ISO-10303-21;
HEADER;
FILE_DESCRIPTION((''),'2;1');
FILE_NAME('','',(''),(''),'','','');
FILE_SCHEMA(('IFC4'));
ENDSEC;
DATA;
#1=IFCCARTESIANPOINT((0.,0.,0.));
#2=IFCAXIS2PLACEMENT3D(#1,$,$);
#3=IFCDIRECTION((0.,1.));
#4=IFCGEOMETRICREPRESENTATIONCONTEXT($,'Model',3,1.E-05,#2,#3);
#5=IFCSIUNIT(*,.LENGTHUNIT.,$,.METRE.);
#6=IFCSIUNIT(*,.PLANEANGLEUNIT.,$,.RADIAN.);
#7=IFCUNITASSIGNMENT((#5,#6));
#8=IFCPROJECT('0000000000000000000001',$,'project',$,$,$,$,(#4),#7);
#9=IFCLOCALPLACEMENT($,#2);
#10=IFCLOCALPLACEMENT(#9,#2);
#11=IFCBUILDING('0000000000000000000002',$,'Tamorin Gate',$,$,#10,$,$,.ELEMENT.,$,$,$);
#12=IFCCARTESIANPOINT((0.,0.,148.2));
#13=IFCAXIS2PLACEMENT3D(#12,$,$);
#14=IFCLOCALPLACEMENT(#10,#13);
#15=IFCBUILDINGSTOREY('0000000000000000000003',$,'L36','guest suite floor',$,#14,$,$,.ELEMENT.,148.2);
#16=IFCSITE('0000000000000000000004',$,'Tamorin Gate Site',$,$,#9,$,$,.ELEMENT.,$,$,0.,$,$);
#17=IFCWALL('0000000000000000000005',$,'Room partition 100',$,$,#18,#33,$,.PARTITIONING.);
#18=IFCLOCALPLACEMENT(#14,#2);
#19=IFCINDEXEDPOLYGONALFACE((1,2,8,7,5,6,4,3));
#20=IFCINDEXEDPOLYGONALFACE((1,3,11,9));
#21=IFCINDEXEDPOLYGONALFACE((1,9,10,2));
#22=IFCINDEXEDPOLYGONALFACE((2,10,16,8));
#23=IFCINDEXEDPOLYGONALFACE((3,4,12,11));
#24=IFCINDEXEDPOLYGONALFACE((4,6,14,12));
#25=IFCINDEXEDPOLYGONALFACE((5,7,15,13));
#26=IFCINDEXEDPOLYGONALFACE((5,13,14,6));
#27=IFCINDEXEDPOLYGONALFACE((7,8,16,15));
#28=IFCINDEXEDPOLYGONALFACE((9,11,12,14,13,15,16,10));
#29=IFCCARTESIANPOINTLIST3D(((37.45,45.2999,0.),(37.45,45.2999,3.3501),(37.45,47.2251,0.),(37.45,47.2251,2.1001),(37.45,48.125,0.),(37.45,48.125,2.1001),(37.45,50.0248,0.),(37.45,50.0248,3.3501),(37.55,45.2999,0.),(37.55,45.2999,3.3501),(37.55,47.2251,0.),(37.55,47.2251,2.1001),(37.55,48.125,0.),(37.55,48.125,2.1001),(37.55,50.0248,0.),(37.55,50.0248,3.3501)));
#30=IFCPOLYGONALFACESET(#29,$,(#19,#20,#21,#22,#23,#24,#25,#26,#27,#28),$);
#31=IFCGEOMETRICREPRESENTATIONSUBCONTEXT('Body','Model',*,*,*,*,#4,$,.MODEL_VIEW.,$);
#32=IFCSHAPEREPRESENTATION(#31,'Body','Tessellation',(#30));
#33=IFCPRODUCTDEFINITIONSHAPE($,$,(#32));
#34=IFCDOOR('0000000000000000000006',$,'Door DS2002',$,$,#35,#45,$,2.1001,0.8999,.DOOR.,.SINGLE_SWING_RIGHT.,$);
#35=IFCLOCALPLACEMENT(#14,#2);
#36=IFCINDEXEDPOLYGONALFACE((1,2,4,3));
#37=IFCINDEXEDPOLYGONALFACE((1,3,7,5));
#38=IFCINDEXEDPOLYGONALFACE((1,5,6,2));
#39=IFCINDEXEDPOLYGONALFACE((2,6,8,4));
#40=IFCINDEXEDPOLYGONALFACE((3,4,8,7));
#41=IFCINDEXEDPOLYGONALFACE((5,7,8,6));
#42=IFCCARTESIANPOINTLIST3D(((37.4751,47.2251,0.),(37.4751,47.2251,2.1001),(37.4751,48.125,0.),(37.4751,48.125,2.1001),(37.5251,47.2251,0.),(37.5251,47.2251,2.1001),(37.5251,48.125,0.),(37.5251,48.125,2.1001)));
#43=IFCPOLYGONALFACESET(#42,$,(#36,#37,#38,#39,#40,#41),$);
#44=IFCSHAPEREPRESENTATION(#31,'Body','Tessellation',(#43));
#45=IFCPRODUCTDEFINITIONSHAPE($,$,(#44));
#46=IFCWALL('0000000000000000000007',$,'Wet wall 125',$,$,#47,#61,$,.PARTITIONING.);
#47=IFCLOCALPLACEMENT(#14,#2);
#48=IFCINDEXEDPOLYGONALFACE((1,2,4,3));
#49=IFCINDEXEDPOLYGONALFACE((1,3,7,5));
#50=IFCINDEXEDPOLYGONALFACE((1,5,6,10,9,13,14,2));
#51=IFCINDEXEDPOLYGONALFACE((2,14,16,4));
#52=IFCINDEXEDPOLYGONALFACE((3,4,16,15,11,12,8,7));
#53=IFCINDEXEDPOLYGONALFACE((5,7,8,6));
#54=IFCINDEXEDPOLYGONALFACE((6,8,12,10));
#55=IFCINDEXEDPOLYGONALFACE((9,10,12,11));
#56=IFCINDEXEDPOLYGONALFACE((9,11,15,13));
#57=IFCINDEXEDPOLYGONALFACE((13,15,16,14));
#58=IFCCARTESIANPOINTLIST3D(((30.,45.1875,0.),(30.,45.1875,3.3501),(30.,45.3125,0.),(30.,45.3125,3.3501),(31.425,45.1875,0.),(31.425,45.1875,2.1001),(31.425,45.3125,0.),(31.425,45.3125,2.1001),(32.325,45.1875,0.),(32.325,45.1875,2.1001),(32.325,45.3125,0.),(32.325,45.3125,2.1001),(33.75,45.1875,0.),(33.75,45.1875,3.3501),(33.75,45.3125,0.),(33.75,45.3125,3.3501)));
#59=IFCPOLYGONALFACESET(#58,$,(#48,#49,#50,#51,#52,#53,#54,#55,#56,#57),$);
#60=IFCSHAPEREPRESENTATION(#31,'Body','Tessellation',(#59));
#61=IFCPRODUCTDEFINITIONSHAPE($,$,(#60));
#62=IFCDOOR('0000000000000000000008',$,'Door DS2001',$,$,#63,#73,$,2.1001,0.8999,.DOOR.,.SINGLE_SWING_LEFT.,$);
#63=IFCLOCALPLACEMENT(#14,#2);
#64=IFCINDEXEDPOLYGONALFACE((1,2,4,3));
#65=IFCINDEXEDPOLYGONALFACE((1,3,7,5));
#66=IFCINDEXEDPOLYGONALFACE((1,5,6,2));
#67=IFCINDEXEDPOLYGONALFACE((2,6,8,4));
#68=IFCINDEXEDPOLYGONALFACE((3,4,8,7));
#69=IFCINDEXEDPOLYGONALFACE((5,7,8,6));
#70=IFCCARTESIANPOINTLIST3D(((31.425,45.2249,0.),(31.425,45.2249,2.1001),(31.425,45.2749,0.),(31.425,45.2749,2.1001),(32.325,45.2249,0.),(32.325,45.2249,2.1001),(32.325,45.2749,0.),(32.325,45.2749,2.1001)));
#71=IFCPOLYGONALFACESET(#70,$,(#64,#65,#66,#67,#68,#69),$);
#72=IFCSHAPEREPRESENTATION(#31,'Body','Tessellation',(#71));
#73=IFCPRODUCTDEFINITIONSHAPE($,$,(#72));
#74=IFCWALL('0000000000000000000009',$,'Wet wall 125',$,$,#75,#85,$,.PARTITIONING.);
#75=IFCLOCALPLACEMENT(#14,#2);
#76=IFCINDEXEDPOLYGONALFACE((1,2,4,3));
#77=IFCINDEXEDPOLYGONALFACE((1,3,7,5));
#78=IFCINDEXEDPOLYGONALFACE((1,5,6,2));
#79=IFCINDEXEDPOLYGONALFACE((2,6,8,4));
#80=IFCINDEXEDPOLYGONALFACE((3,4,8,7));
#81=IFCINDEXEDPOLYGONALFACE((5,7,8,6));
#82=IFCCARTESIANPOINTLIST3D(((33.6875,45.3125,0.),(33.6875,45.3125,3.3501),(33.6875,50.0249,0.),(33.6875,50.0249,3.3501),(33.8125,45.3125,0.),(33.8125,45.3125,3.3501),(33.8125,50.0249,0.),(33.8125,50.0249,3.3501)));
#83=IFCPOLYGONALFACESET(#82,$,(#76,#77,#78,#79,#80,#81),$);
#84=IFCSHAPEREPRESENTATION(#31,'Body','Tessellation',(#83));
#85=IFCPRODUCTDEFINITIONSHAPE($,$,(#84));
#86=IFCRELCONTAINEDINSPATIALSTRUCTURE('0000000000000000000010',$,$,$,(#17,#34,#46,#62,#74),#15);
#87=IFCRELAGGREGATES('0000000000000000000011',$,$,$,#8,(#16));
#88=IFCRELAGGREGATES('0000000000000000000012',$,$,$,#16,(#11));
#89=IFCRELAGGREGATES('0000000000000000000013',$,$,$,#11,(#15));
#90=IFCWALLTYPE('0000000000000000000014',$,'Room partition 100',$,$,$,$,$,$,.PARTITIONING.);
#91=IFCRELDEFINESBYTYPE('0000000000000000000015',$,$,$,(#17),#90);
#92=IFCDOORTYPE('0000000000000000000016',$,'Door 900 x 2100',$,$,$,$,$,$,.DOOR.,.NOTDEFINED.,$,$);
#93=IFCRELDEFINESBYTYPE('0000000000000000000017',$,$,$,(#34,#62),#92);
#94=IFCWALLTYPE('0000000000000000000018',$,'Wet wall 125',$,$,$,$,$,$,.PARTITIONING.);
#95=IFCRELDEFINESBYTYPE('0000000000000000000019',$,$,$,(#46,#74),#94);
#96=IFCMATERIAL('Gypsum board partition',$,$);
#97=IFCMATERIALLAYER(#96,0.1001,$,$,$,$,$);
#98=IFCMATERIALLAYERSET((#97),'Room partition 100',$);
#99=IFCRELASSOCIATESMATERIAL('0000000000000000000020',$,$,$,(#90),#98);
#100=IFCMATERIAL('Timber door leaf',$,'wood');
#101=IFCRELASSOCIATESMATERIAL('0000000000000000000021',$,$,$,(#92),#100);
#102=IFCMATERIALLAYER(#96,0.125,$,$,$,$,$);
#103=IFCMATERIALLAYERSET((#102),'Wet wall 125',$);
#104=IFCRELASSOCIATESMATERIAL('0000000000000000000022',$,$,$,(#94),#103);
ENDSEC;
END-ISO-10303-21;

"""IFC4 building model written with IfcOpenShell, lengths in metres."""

from ifc_helpers import new_model, si_unit, direction, frame, frame_2d, origin, place, context, subcontext, project, spatial, rectangle, extrude, material, layer, layer_set, type_object, element, fill, save


model = new_model("IFC4")

# Units and contexts
model_context = context("Model", 3, precision=1e-05, world=origin(), true_north=direction((0.0, 1.0)))
body_context = subcontext(model_context, "Body", "Model", "MODEL_VIEW")
ifc_project = project(units=[si_unit("LENGTHUNIT", "METRE"), si_unit("PLANEANGLEUNIT", "RADIAN")], contexts=[model_context])

# Site, building, storey
site_placement = place(None, origin())
site = spatial("IfcSite", under=ifc_project, at=site_placement, Name="Tamorin Gate Site", CompositionType="ELEMENT", RefElevation=0.0)
building_placement = place(site_placement, origin())
building = spatial("IfcBuilding", under=site, at=building_placement, Name="Tamorin Gate", CompositionType="ELEMENT")
storey_placement = place(building_placement, frame((0.0, 0.0, 148.2)))
storey = spatial("IfcBuildingStorey", under=building, at=storey_placement, Name="L36", Description="guest suite floor", CompositionType="ELEMENT", Elevation=148.2)

# Shared definitions
ifc_material_1 = material(Name="Gypsum board partition")
ifc_material_2 = material(Name="Timber door leaf", Category="wood")

# Walls, openings, doors
ifc_layer_1 = layer(ifc_material_1, 0.1001)
ifc_layer_set_1 = layer_set([ifc_layer_1], Name="Room partition 100")
wall_type_1 = type_object("IfcWallType", Name="Room partition 100", PredefinedType="PARTITIONING", material=ifc_layer_set_1)
door_type_1 = type_object("IfcDoorType", Name="Door 900 x 2100", OperationType="NOTDEFINED", PredefinedType="DOOR", material=ifc_material_2)
wall_1_placement = place(storey_placement, frame((37.5, 45.3, 0.0), z_axis=(0.0, 0.0, 1.0), x_axis=(0.0, 1.0, 0.0)))
wall_1 = element("IfcWall", 1, at=wall_1_placement, inside=storey, type_object=wall_type_1, Name="Room partition 100", PredefinedType="PARTITIONING", context=body_context, shape_type="SweptSolid", body=[
    extrude(rectangle(XDim=4.7249, YDim=0.1001, at=frame_2d((2.3623, 0.0))), origin(), (0.0, 0.0, 1.0), 3.3501),
])
opening_1_placement = place(wall_1_placement, frame((1.925, 0.0, 0.0)))
opening_1 = element("IfcOpeningElement", 2, at=opening_1_placement, cuts=wall_1, PredefinedType="OPENING", context=body_context, shape_type="SweptSolid", body=[
    extrude(rectangle(XDim=0.8999, YDim=2.1001, at=frame_2d((0.45, 1.05))), frame((0.0, 0.0601, 0.0), z_axis=(0.0, -1.0, 0.0), x_axis=(1.0, 0.0, 0.0)), (0.0, 0.0, 1.0), 0.1201),
])
door_1_placement = place(opening_1_placement, origin())
door_1 = element("IfcDoor", 3, at=door_1_placement, inside=storey, type_object=door_type_1, Name="Door DS2002", OperationType="SINGLE_SWING_RIGHT", OverallHeight=2.1001, OverallWidth=0.8999, PredefinedType="DOOR", context=body_context, shape_type="SweptSolid", body=[
    extrude(rectangle(XDim=0.8999, YDim=2.1001, at=frame_2d((0.45, 1.05))), frame((0.0, 0.0249, 0.0), z_axis=(0.0, -1.0, 0.0), x_axis=(1.0, 0.0, 0.0)), (0.0, 0.0, 1.0), 0.05),
])
fill(opening_1, door_1)
ifc_layer_2 = layer(ifc_material_1, 0.125)
ifc_layer_set_2 = layer_set([ifc_layer_2], Name="Wet wall 125")
wall_type_2 = type_object("IfcWallType", Name="Wet wall 125", PredefinedType="PARTITIONING", material=ifc_layer_set_2)
wall_2_placement = place(storey_placement, frame((30.0, 45.25, 0.0), z_axis=(0.0, 0.0, 1.0), x_axis=(1.0, 0.0, 0.0)))
wall_2 = element("IfcWall", 4, at=wall_2_placement, inside=storey, type_object=wall_type_2, Name="Wet wall 125", PredefinedType="PARTITIONING", context=body_context, shape_type="SweptSolid", body=[
    extrude(rectangle(XDim=3.75, YDim=0.125, at=frame_2d((1.875, 0.0))), origin(), (0.0, 0.0, 1.0), 3.3501),
])
opening_2_placement = place(wall_2_placement, frame((1.425, 0.0, 0.0)))
opening_2 = element("IfcOpeningElement", 5, at=opening_2_placement, cuts=wall_2, PredefinedType="OPENING", context=body_context, shape_type="SweptSolid", body=[
    extrude(rectangle(XDim=0.8999, YDim=2.1001, at=frame_2d((0.45, 1.05))), frame((0.0, 0.0725, 0.0), z_axis=(0.0, -1.0, 0.0), x_axis=(1.0, 0.0, 0.0)), (0.0, 0.0, 1.0), 0.145),
])
door_2_placement = place(opening_2_placement, origin())
door_2 = element("IfcDoor", 6, at=door_2_placement, inside=storey, type_object=door_type_1, Name="Door DS2001", OperationType="SINGLE_SWING_LEFT", OverallHeight=2.1001, OverallWidth=0.8999, PredefinedType="DOOR", context=body_context, shape_type="SweptSolid", body=[
    extrude(rectangle(XDim=0.8999, YDim=2.1001, at=frame_2d((0.45, 1.05))), frame((0.0, 0.0249, 0.0), z_axis=(0.0, -1.0, 0.0), x_axis=(1.0, 0.0, 0.0)), (0.0, 0.0, 1.0), 0.05),
])
fill(opening_2, door_2)

# Wall
wall_3_placement = place(storey_placement, frame((33.75, 45.3125, 0.0), z_axis=(0.0, 0.0, 1.0), x_axis=(0.0, 1.0, 0.0)))
element("IfcWall", 7, at=wall_3_placement, inside=storey, type_object=wall_type_2, Name="Wet wall 125", PredefinedType="PARTITIONING", context=body_context, shape_type="SweptSolid", body=[
    extrude(rectangle(XDim=4.7124, YDim=0.125, at=frame_2d((2.3562, 0.0))), origin(), (0.0, 0.0, 1.0), 3.3501),
])

save(model, "model.ifc")
